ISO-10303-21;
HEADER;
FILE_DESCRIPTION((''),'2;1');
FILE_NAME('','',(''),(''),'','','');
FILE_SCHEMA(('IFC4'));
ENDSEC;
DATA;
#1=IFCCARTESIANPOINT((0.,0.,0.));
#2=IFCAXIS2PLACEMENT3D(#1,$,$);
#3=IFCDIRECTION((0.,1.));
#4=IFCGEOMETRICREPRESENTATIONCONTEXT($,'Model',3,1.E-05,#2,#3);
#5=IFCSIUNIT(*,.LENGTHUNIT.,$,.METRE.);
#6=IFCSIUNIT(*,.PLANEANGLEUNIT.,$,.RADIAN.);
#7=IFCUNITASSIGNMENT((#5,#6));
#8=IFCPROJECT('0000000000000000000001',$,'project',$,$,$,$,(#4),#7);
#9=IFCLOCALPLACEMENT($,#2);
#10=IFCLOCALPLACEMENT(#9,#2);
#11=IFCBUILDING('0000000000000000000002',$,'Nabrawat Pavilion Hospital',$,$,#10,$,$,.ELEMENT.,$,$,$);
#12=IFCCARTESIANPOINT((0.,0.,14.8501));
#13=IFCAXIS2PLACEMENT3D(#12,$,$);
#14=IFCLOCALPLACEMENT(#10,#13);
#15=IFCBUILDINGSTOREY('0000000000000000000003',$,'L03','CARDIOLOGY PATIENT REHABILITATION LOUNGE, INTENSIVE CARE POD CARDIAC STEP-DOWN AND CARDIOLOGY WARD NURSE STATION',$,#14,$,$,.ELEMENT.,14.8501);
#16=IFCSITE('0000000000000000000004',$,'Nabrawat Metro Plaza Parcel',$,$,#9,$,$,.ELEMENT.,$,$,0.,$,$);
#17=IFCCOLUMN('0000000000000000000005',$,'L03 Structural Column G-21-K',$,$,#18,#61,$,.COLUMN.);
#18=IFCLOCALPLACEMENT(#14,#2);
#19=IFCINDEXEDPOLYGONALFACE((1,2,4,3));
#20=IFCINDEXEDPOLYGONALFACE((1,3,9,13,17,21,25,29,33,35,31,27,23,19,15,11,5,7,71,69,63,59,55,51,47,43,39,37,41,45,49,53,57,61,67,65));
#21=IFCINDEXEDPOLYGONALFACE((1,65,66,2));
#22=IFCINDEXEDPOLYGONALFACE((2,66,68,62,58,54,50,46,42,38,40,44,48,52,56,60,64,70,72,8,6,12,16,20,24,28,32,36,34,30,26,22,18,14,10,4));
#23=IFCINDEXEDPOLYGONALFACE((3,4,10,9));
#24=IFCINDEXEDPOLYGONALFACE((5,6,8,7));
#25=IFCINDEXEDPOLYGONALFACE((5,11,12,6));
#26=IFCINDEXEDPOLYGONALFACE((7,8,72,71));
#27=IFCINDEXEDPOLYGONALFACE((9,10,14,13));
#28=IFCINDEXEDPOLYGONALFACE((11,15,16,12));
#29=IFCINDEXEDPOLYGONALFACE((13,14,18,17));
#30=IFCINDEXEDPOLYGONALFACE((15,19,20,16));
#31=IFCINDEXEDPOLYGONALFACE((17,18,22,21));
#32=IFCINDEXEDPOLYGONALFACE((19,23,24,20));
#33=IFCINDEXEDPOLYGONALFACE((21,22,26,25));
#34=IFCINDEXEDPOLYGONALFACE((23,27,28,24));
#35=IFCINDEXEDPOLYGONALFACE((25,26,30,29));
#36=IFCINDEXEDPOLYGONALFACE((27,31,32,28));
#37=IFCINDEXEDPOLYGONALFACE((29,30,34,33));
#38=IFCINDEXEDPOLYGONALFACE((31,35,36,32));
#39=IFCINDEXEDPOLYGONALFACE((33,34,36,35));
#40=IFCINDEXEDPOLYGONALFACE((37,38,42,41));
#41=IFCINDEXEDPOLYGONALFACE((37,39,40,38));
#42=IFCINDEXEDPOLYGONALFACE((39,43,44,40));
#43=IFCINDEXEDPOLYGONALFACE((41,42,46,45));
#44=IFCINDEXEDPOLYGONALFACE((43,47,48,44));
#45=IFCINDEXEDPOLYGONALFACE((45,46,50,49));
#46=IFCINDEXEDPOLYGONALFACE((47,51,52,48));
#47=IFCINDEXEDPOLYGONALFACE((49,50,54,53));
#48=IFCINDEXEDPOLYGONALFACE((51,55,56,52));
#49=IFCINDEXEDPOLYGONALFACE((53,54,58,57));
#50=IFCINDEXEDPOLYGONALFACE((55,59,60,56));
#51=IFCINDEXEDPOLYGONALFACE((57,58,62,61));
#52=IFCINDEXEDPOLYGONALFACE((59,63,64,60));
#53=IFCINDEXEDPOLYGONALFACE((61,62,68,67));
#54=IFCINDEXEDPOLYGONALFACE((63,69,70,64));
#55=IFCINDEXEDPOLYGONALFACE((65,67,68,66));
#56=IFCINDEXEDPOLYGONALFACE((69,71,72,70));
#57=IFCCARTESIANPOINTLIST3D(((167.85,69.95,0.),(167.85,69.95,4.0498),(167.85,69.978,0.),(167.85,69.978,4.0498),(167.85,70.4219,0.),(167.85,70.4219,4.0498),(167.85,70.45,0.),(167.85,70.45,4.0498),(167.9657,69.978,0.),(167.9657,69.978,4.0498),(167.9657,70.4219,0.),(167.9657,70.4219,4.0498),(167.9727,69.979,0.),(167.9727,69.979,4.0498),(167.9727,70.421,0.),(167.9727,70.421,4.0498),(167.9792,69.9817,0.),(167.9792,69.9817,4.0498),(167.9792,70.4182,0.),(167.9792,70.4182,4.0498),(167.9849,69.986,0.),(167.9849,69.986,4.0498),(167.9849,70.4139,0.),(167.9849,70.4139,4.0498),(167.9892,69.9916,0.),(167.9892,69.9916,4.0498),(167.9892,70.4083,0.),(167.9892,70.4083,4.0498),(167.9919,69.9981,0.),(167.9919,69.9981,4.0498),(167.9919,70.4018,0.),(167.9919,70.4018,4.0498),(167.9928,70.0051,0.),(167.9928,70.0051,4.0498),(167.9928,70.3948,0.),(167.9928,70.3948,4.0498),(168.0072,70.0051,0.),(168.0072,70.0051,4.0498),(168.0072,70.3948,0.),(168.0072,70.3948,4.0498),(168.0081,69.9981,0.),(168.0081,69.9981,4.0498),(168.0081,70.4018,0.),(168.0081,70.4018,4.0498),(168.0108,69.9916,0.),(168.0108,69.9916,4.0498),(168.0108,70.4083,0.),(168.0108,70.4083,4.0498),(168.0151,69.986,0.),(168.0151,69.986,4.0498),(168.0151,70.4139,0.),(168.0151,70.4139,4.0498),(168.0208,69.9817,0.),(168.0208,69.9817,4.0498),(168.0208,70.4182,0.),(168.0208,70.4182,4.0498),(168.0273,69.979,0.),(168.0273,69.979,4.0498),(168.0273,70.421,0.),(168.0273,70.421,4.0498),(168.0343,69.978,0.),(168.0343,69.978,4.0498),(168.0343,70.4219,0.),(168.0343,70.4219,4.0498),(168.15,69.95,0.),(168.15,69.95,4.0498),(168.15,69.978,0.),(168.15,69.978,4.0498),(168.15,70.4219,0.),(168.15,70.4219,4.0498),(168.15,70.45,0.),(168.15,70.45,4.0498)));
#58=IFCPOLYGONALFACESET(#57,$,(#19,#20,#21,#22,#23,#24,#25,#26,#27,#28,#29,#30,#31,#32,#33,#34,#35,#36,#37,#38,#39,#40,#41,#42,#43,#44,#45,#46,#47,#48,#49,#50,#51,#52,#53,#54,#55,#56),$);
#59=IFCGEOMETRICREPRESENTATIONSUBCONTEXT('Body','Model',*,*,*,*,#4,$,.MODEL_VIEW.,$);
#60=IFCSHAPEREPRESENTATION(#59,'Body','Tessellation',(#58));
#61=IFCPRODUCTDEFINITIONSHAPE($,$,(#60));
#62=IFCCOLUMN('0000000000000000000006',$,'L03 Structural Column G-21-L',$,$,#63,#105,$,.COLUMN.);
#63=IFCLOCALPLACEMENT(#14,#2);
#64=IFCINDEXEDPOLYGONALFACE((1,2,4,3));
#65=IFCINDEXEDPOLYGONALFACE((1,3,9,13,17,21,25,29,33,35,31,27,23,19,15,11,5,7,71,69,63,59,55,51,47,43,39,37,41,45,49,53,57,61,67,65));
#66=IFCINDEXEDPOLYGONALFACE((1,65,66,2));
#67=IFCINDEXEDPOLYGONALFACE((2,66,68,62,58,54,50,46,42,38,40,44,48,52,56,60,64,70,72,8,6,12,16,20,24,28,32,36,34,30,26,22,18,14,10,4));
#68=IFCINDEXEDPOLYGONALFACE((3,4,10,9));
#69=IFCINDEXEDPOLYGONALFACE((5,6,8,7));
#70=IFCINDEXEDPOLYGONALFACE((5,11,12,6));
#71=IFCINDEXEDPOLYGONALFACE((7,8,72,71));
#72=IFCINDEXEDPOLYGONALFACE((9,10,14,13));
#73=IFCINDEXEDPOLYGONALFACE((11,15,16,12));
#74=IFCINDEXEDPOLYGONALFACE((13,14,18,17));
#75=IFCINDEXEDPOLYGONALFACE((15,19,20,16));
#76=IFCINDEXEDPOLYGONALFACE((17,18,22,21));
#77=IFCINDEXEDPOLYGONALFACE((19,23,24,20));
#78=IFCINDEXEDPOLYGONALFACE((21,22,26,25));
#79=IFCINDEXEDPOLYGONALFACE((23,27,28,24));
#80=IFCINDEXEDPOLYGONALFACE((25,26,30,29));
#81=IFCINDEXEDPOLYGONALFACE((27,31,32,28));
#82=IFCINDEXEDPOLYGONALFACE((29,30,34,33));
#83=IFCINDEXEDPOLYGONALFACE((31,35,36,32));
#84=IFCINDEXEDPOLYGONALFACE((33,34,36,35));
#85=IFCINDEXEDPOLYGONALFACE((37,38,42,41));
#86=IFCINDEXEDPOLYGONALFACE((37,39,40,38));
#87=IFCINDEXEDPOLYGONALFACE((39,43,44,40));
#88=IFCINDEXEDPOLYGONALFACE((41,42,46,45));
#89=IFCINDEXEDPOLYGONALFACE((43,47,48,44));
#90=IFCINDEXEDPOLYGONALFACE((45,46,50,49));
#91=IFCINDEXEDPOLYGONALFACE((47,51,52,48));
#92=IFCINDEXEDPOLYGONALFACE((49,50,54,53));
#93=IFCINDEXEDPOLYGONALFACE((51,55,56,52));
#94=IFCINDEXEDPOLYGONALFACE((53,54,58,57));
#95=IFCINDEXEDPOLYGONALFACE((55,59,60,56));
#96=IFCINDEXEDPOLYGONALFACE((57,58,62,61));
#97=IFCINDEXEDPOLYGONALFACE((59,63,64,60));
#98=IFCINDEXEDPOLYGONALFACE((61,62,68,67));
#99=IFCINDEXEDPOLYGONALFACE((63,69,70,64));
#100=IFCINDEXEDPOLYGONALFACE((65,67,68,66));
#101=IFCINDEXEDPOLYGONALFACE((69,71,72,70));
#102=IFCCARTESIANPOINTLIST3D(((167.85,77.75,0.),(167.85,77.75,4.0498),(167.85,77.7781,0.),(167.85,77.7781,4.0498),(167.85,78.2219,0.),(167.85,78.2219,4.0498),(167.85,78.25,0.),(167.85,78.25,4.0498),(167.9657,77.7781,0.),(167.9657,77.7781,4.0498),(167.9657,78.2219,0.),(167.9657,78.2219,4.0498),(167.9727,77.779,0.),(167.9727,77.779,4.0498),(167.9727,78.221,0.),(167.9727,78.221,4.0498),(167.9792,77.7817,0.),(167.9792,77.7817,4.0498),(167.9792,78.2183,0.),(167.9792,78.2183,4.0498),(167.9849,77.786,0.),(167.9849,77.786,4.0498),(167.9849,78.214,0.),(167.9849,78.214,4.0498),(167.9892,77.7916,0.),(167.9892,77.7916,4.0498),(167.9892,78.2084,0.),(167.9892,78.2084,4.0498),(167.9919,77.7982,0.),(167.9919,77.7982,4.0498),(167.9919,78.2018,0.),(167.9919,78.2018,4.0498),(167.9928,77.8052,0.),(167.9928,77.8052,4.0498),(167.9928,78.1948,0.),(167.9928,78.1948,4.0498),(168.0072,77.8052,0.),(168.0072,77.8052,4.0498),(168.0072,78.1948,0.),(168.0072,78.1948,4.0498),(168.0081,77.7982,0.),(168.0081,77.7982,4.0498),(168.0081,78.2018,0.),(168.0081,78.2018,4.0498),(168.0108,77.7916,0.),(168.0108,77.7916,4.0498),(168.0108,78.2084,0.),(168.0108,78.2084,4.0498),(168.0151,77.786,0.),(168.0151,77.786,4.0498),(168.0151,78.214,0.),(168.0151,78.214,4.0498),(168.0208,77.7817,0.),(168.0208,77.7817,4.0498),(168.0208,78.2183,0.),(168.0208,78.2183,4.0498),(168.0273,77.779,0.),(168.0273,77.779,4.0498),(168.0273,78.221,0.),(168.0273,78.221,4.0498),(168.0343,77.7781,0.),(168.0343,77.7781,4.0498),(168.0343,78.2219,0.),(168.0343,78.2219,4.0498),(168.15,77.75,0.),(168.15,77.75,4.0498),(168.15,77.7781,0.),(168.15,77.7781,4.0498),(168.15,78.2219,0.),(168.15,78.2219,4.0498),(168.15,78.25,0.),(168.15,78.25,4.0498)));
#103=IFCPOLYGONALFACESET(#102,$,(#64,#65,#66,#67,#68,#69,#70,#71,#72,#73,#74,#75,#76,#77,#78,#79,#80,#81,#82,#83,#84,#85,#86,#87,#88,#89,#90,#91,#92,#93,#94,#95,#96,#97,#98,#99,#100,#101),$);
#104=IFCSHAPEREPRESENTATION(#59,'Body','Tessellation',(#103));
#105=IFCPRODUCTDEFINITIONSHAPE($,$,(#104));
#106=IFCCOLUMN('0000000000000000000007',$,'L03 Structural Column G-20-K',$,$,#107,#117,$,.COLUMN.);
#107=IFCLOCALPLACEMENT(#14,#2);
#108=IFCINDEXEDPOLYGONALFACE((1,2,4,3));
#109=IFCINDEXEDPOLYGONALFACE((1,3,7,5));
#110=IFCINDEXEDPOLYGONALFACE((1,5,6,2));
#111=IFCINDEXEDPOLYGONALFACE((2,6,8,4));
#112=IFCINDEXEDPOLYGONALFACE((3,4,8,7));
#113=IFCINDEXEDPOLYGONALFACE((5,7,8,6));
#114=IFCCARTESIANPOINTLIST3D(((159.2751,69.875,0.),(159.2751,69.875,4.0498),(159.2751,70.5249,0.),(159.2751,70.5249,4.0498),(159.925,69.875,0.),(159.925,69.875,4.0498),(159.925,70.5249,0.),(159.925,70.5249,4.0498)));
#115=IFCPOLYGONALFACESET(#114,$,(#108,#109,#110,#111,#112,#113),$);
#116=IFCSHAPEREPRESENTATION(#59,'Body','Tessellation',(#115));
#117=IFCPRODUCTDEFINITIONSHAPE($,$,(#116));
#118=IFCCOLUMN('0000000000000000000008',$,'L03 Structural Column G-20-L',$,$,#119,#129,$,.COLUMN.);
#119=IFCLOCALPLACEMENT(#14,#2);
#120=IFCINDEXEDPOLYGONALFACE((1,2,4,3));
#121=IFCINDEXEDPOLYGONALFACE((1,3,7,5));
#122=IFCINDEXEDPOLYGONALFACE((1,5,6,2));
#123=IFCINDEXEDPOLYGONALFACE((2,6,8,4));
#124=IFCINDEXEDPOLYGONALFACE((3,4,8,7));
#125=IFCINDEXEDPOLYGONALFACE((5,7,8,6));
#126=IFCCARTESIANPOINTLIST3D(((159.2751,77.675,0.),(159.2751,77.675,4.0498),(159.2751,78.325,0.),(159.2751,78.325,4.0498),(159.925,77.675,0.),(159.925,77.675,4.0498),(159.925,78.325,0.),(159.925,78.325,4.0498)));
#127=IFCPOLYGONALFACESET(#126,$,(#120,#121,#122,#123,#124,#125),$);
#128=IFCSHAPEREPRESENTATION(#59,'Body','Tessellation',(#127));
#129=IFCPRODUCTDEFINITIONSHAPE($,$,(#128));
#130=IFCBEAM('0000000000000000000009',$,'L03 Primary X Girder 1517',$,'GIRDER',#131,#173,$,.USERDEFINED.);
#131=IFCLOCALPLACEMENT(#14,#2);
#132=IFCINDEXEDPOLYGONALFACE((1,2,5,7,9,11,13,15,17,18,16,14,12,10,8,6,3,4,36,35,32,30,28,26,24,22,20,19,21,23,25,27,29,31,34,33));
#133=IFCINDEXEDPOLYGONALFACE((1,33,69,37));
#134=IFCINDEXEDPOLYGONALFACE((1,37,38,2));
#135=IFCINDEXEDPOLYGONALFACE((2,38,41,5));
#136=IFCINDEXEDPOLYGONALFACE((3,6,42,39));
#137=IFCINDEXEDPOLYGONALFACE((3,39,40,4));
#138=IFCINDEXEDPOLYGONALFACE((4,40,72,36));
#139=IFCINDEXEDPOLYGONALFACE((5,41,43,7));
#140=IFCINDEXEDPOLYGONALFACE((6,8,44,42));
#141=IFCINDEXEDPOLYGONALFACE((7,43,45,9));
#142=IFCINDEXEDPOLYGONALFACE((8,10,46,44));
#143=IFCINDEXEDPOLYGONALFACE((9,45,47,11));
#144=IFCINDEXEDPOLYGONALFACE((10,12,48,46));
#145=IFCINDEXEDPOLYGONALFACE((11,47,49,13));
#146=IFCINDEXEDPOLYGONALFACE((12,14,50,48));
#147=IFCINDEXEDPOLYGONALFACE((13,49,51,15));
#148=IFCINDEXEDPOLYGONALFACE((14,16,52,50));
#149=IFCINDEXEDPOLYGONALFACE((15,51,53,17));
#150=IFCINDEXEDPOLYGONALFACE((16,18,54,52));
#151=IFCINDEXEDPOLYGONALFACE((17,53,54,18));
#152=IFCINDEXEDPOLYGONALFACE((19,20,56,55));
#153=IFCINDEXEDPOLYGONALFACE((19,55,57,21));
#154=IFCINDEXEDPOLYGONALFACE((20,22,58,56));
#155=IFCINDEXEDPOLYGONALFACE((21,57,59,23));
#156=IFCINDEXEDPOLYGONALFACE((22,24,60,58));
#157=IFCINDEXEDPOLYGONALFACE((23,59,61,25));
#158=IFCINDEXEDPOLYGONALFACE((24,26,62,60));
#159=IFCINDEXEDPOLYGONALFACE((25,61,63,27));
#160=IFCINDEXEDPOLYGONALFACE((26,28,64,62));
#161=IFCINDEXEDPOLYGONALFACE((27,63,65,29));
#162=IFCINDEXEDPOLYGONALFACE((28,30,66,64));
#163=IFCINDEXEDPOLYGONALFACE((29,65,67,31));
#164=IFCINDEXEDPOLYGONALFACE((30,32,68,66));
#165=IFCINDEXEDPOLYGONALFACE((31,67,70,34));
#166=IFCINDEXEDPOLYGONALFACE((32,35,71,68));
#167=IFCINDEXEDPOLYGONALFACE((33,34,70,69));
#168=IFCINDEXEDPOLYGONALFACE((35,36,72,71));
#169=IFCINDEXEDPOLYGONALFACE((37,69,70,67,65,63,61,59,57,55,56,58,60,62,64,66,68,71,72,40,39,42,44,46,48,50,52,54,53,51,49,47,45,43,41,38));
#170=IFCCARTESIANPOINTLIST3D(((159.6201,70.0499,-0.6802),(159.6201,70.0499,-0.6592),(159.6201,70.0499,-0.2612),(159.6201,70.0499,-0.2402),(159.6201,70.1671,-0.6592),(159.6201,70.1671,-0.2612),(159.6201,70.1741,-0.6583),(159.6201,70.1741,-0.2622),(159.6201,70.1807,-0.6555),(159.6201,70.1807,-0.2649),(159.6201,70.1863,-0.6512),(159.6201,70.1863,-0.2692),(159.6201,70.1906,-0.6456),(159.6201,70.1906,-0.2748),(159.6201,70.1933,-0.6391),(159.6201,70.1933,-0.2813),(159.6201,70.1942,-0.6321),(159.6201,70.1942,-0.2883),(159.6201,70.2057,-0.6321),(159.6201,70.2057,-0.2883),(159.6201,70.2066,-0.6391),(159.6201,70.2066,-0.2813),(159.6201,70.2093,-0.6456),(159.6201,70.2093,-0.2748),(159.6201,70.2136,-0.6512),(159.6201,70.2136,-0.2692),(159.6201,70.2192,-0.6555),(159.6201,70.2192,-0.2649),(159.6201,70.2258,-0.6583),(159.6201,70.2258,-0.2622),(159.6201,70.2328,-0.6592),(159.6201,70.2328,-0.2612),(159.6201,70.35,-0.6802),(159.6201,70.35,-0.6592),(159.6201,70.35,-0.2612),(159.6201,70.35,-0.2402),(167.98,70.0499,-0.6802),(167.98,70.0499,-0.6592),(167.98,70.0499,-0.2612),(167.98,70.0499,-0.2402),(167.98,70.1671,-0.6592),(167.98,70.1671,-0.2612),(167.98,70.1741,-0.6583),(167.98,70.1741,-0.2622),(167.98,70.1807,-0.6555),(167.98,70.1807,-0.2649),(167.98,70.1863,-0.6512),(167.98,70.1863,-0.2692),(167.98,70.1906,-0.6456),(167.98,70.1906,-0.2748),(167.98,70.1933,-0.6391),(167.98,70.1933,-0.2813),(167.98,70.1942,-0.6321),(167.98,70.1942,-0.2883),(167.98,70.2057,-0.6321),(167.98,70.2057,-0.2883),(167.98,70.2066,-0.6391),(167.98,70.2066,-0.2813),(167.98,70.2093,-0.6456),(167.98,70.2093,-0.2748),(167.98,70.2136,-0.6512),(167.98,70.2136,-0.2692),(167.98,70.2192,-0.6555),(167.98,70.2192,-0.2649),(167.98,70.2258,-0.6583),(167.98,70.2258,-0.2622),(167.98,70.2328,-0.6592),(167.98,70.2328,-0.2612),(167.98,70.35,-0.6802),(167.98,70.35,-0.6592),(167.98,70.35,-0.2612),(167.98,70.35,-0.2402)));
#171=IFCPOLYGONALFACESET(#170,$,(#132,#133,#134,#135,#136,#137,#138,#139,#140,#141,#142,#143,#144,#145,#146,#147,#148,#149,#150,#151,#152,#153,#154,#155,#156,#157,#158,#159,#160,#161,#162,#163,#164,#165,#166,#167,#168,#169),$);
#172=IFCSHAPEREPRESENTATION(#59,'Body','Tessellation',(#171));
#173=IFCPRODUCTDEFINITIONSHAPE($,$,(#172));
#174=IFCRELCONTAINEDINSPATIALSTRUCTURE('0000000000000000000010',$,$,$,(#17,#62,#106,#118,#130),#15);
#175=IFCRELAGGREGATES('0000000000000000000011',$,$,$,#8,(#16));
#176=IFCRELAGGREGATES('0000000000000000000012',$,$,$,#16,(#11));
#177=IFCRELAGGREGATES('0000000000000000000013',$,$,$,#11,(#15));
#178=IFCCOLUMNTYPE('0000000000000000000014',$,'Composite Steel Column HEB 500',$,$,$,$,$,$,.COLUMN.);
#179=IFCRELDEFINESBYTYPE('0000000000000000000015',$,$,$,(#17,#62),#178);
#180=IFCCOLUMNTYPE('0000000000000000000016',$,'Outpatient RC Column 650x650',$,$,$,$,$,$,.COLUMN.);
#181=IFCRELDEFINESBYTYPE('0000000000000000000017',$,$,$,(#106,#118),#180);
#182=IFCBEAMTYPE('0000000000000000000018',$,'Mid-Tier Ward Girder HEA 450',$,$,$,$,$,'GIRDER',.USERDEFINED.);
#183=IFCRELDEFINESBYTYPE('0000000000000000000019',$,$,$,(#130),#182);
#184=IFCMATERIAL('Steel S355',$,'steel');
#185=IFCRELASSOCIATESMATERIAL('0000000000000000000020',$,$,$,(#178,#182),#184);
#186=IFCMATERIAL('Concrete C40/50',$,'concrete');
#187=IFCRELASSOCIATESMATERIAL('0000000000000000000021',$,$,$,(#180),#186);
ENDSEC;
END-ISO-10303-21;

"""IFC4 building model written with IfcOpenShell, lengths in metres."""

from ifc_helpers import new_model, si_unit, direction, frame, origin, origin_2d, place, context, subcontext, project, spatial, rectangle, i_section, extrude, material, material_profile, profile_set, type_object, element, save


model = new_model("IFC4")

# Units and contexts
model_context = context("Model", 3, precision=1e-05, world=origin(), true_north=direction((0.0, 1.0)))
body_context = subcontext(model_context, "Body", "Model", "MODEL_VIEW")
ifc_project = project(units=[si_unit("LENGTHUNIT", "METRE"), si_unit("PLANEANGLEUNIT", "RADIAN")], contexts=[model_context])

# Site, building, storey
site_placement = place(None, origin())
site = spatial("IfcSite", under=ifc_project, at=site_placement, Name="Nabrawat Metro Plaza Parcel", CompositionType="ELEMENT", RefElevation=0.0)
building_placement = place(site_placement, origin())
building = spatial("IfcBuilding", under=site, at=building_placement, Name="Nabrawat Pavilion Hospital", CompositionType="ELEMENT")
storey_placement = place(building_placement, frame((0.0, 0.0, 14.8501)))
storey = spatial("IfcBuildingStorey", under=building, at=storey_placement, Name="L03", Description="CARDIOLOGY PATIENT REHABILITATION LOUNGE, INTENSIVE CARE POD CARDIAC STEP-DOWN AND CARDIOLOGY WARD NURSE STATION", CompositionType="ELEMENT", Elevation=14.8501)

# Columns
ifc_material_1 = material(Name="Steel S355", Category="steel")
ifc_material_profile_1 = material_profile(ifc_material_1, i_section(OverallWidth=0.3, OverallDepth=0.5, WebThickness=0.0144, FlangeThickness=0.0281, FilletRadius=0.0271, at=origin_2d()), Name="HEB 500")
ifc_profile_set_1 = profile_set([ifc_material_profile_1], Name="Steel S355")
column_type_1 = type_object("IfcColumnType", Name="Composite Steel Column HEB 500", PredefinedType="COLUMN", material=ifc_profile_set_1)
for number, where, z_axis, x_axis, name in (
    (1, (168.0, 70.2, 0.0), (0.0, 0.0, 1.0), (1.0, 0.0, 0.0), "L03 Structural Column G-21-K"),
    (2, (168.0, 78.0, 0.0), (0.0, 0.0, 1.0), (1.0, 0.0, 0.0), "L03 Structural Column G-21-L"),
):
    element("IfcColumn", number, at=place(storey_placement, frame(where, z_axis=z_axis, x_axis=x_axis)), inside=storey, type_object=column_type_1, Name=name, PredefinedType="COLUMN", context=body_context, shape_type="SweptSolid", body=[
        extrude(i_section(OverallWidth=0.3, OverallDepth=0.5, WebThickness=0.0144, FlangeThickness=0.0281, FilletRadius=0.0271, at=origin_2d()), origin(), (0.0, 0.0, 1.0), 4.0498),
    ])
ifc_material_2 = material(Name="Concrete C40/50", Category="concrete")
ifc_material_profile_2 = material_profile(ifc_material_2, rectangle(XDim=0.6499, YDim=0.6499, at=origin_2d()), Name="RC 650x650")
ifc_profile_set_2 = profile_set([ifc_material_profile_2], Name="Concrete C40/50")
column_type_2 = type_object("IfcColumnType", Name="Outpatient RC Column 650x650", PredefinedType="COLUMN", material=ifc_profile_set_2)
for number, where, z_axis, x_axis, name in (
    (3, (159.6001, 70.2, 0.0), (0.0, 0.0, 1.0), (1.0, 0.0, 0.0), "L03 Structural Column G-20-K"),
    (4, (159.6001, 78.0, 0.0), (0.0, 0.0, 1.0), (1.0, 0.0, 0.0), "L03 Structural Column G-20-L"),
):
    element("IfcColumn", number, at=place(storey_placement, frame(where, z_axis=z_axis, x_axis=x_axis)), inside=storey, type_object=column_type_2, Name=name, PredefinedType="COLUMN", context=body_context, shape_type="SweptSolid", body=[
        extrude(rectangle(XDim=0.6499, YDim=0.6499, at=origin_2d()), origin(), (0.0, 0.0, 1.0), 4.0498),
    ])

# Beam
ifc_material_profile_3 = material_profile(ifc_material_1, i_section(OverallWidth=0.3, OverallDepth=0.4399, WebThickness=0.0115, FlangeThickness=0.021, FilletRadius=0.0271, at=origin_2d()), Name="HEA 450")
ifc_profile_set_3 = profile_set([ifc_material_profile_3], Name="Steel S355")
beam_type_1 = type_object("IfcBeamType", Name="Mid-Tier Ward Girder HEA 450", ElementType="GIRDER", PredefinedType="USERDEFINED", material=ifc_profile_set_3)
for number, where, z_axis, x_axis, name in (
    (5, (159.6201, 70.2, -0.4602), (1.0, 0.0, 0.0), (0.0, 1.0, 0.0), "L03 Primary X Girder 1517"),
):
    element("IfcBeam", number, at=place(storey_placement, frame(where, z_axis=z_axis, x_axis=x_axis)), inside=storey, type_object=beam_type_1, Name=name, ObjectType="GIRDER", PredefinedType="USERDEFINED", context=body_context, shape_type="SweptSolid", body=[
        extrude(i_section(OverallWidth=0.3, OverallDepth=0.4399, WebThickness=0.0115, FlangeThickness=0.021, FilletRadius=0.0271, at=origin_2d()), origin(), (0.0, 0.0, 1.0), 8.3599),
    ])

save(model, "model.ifc")
